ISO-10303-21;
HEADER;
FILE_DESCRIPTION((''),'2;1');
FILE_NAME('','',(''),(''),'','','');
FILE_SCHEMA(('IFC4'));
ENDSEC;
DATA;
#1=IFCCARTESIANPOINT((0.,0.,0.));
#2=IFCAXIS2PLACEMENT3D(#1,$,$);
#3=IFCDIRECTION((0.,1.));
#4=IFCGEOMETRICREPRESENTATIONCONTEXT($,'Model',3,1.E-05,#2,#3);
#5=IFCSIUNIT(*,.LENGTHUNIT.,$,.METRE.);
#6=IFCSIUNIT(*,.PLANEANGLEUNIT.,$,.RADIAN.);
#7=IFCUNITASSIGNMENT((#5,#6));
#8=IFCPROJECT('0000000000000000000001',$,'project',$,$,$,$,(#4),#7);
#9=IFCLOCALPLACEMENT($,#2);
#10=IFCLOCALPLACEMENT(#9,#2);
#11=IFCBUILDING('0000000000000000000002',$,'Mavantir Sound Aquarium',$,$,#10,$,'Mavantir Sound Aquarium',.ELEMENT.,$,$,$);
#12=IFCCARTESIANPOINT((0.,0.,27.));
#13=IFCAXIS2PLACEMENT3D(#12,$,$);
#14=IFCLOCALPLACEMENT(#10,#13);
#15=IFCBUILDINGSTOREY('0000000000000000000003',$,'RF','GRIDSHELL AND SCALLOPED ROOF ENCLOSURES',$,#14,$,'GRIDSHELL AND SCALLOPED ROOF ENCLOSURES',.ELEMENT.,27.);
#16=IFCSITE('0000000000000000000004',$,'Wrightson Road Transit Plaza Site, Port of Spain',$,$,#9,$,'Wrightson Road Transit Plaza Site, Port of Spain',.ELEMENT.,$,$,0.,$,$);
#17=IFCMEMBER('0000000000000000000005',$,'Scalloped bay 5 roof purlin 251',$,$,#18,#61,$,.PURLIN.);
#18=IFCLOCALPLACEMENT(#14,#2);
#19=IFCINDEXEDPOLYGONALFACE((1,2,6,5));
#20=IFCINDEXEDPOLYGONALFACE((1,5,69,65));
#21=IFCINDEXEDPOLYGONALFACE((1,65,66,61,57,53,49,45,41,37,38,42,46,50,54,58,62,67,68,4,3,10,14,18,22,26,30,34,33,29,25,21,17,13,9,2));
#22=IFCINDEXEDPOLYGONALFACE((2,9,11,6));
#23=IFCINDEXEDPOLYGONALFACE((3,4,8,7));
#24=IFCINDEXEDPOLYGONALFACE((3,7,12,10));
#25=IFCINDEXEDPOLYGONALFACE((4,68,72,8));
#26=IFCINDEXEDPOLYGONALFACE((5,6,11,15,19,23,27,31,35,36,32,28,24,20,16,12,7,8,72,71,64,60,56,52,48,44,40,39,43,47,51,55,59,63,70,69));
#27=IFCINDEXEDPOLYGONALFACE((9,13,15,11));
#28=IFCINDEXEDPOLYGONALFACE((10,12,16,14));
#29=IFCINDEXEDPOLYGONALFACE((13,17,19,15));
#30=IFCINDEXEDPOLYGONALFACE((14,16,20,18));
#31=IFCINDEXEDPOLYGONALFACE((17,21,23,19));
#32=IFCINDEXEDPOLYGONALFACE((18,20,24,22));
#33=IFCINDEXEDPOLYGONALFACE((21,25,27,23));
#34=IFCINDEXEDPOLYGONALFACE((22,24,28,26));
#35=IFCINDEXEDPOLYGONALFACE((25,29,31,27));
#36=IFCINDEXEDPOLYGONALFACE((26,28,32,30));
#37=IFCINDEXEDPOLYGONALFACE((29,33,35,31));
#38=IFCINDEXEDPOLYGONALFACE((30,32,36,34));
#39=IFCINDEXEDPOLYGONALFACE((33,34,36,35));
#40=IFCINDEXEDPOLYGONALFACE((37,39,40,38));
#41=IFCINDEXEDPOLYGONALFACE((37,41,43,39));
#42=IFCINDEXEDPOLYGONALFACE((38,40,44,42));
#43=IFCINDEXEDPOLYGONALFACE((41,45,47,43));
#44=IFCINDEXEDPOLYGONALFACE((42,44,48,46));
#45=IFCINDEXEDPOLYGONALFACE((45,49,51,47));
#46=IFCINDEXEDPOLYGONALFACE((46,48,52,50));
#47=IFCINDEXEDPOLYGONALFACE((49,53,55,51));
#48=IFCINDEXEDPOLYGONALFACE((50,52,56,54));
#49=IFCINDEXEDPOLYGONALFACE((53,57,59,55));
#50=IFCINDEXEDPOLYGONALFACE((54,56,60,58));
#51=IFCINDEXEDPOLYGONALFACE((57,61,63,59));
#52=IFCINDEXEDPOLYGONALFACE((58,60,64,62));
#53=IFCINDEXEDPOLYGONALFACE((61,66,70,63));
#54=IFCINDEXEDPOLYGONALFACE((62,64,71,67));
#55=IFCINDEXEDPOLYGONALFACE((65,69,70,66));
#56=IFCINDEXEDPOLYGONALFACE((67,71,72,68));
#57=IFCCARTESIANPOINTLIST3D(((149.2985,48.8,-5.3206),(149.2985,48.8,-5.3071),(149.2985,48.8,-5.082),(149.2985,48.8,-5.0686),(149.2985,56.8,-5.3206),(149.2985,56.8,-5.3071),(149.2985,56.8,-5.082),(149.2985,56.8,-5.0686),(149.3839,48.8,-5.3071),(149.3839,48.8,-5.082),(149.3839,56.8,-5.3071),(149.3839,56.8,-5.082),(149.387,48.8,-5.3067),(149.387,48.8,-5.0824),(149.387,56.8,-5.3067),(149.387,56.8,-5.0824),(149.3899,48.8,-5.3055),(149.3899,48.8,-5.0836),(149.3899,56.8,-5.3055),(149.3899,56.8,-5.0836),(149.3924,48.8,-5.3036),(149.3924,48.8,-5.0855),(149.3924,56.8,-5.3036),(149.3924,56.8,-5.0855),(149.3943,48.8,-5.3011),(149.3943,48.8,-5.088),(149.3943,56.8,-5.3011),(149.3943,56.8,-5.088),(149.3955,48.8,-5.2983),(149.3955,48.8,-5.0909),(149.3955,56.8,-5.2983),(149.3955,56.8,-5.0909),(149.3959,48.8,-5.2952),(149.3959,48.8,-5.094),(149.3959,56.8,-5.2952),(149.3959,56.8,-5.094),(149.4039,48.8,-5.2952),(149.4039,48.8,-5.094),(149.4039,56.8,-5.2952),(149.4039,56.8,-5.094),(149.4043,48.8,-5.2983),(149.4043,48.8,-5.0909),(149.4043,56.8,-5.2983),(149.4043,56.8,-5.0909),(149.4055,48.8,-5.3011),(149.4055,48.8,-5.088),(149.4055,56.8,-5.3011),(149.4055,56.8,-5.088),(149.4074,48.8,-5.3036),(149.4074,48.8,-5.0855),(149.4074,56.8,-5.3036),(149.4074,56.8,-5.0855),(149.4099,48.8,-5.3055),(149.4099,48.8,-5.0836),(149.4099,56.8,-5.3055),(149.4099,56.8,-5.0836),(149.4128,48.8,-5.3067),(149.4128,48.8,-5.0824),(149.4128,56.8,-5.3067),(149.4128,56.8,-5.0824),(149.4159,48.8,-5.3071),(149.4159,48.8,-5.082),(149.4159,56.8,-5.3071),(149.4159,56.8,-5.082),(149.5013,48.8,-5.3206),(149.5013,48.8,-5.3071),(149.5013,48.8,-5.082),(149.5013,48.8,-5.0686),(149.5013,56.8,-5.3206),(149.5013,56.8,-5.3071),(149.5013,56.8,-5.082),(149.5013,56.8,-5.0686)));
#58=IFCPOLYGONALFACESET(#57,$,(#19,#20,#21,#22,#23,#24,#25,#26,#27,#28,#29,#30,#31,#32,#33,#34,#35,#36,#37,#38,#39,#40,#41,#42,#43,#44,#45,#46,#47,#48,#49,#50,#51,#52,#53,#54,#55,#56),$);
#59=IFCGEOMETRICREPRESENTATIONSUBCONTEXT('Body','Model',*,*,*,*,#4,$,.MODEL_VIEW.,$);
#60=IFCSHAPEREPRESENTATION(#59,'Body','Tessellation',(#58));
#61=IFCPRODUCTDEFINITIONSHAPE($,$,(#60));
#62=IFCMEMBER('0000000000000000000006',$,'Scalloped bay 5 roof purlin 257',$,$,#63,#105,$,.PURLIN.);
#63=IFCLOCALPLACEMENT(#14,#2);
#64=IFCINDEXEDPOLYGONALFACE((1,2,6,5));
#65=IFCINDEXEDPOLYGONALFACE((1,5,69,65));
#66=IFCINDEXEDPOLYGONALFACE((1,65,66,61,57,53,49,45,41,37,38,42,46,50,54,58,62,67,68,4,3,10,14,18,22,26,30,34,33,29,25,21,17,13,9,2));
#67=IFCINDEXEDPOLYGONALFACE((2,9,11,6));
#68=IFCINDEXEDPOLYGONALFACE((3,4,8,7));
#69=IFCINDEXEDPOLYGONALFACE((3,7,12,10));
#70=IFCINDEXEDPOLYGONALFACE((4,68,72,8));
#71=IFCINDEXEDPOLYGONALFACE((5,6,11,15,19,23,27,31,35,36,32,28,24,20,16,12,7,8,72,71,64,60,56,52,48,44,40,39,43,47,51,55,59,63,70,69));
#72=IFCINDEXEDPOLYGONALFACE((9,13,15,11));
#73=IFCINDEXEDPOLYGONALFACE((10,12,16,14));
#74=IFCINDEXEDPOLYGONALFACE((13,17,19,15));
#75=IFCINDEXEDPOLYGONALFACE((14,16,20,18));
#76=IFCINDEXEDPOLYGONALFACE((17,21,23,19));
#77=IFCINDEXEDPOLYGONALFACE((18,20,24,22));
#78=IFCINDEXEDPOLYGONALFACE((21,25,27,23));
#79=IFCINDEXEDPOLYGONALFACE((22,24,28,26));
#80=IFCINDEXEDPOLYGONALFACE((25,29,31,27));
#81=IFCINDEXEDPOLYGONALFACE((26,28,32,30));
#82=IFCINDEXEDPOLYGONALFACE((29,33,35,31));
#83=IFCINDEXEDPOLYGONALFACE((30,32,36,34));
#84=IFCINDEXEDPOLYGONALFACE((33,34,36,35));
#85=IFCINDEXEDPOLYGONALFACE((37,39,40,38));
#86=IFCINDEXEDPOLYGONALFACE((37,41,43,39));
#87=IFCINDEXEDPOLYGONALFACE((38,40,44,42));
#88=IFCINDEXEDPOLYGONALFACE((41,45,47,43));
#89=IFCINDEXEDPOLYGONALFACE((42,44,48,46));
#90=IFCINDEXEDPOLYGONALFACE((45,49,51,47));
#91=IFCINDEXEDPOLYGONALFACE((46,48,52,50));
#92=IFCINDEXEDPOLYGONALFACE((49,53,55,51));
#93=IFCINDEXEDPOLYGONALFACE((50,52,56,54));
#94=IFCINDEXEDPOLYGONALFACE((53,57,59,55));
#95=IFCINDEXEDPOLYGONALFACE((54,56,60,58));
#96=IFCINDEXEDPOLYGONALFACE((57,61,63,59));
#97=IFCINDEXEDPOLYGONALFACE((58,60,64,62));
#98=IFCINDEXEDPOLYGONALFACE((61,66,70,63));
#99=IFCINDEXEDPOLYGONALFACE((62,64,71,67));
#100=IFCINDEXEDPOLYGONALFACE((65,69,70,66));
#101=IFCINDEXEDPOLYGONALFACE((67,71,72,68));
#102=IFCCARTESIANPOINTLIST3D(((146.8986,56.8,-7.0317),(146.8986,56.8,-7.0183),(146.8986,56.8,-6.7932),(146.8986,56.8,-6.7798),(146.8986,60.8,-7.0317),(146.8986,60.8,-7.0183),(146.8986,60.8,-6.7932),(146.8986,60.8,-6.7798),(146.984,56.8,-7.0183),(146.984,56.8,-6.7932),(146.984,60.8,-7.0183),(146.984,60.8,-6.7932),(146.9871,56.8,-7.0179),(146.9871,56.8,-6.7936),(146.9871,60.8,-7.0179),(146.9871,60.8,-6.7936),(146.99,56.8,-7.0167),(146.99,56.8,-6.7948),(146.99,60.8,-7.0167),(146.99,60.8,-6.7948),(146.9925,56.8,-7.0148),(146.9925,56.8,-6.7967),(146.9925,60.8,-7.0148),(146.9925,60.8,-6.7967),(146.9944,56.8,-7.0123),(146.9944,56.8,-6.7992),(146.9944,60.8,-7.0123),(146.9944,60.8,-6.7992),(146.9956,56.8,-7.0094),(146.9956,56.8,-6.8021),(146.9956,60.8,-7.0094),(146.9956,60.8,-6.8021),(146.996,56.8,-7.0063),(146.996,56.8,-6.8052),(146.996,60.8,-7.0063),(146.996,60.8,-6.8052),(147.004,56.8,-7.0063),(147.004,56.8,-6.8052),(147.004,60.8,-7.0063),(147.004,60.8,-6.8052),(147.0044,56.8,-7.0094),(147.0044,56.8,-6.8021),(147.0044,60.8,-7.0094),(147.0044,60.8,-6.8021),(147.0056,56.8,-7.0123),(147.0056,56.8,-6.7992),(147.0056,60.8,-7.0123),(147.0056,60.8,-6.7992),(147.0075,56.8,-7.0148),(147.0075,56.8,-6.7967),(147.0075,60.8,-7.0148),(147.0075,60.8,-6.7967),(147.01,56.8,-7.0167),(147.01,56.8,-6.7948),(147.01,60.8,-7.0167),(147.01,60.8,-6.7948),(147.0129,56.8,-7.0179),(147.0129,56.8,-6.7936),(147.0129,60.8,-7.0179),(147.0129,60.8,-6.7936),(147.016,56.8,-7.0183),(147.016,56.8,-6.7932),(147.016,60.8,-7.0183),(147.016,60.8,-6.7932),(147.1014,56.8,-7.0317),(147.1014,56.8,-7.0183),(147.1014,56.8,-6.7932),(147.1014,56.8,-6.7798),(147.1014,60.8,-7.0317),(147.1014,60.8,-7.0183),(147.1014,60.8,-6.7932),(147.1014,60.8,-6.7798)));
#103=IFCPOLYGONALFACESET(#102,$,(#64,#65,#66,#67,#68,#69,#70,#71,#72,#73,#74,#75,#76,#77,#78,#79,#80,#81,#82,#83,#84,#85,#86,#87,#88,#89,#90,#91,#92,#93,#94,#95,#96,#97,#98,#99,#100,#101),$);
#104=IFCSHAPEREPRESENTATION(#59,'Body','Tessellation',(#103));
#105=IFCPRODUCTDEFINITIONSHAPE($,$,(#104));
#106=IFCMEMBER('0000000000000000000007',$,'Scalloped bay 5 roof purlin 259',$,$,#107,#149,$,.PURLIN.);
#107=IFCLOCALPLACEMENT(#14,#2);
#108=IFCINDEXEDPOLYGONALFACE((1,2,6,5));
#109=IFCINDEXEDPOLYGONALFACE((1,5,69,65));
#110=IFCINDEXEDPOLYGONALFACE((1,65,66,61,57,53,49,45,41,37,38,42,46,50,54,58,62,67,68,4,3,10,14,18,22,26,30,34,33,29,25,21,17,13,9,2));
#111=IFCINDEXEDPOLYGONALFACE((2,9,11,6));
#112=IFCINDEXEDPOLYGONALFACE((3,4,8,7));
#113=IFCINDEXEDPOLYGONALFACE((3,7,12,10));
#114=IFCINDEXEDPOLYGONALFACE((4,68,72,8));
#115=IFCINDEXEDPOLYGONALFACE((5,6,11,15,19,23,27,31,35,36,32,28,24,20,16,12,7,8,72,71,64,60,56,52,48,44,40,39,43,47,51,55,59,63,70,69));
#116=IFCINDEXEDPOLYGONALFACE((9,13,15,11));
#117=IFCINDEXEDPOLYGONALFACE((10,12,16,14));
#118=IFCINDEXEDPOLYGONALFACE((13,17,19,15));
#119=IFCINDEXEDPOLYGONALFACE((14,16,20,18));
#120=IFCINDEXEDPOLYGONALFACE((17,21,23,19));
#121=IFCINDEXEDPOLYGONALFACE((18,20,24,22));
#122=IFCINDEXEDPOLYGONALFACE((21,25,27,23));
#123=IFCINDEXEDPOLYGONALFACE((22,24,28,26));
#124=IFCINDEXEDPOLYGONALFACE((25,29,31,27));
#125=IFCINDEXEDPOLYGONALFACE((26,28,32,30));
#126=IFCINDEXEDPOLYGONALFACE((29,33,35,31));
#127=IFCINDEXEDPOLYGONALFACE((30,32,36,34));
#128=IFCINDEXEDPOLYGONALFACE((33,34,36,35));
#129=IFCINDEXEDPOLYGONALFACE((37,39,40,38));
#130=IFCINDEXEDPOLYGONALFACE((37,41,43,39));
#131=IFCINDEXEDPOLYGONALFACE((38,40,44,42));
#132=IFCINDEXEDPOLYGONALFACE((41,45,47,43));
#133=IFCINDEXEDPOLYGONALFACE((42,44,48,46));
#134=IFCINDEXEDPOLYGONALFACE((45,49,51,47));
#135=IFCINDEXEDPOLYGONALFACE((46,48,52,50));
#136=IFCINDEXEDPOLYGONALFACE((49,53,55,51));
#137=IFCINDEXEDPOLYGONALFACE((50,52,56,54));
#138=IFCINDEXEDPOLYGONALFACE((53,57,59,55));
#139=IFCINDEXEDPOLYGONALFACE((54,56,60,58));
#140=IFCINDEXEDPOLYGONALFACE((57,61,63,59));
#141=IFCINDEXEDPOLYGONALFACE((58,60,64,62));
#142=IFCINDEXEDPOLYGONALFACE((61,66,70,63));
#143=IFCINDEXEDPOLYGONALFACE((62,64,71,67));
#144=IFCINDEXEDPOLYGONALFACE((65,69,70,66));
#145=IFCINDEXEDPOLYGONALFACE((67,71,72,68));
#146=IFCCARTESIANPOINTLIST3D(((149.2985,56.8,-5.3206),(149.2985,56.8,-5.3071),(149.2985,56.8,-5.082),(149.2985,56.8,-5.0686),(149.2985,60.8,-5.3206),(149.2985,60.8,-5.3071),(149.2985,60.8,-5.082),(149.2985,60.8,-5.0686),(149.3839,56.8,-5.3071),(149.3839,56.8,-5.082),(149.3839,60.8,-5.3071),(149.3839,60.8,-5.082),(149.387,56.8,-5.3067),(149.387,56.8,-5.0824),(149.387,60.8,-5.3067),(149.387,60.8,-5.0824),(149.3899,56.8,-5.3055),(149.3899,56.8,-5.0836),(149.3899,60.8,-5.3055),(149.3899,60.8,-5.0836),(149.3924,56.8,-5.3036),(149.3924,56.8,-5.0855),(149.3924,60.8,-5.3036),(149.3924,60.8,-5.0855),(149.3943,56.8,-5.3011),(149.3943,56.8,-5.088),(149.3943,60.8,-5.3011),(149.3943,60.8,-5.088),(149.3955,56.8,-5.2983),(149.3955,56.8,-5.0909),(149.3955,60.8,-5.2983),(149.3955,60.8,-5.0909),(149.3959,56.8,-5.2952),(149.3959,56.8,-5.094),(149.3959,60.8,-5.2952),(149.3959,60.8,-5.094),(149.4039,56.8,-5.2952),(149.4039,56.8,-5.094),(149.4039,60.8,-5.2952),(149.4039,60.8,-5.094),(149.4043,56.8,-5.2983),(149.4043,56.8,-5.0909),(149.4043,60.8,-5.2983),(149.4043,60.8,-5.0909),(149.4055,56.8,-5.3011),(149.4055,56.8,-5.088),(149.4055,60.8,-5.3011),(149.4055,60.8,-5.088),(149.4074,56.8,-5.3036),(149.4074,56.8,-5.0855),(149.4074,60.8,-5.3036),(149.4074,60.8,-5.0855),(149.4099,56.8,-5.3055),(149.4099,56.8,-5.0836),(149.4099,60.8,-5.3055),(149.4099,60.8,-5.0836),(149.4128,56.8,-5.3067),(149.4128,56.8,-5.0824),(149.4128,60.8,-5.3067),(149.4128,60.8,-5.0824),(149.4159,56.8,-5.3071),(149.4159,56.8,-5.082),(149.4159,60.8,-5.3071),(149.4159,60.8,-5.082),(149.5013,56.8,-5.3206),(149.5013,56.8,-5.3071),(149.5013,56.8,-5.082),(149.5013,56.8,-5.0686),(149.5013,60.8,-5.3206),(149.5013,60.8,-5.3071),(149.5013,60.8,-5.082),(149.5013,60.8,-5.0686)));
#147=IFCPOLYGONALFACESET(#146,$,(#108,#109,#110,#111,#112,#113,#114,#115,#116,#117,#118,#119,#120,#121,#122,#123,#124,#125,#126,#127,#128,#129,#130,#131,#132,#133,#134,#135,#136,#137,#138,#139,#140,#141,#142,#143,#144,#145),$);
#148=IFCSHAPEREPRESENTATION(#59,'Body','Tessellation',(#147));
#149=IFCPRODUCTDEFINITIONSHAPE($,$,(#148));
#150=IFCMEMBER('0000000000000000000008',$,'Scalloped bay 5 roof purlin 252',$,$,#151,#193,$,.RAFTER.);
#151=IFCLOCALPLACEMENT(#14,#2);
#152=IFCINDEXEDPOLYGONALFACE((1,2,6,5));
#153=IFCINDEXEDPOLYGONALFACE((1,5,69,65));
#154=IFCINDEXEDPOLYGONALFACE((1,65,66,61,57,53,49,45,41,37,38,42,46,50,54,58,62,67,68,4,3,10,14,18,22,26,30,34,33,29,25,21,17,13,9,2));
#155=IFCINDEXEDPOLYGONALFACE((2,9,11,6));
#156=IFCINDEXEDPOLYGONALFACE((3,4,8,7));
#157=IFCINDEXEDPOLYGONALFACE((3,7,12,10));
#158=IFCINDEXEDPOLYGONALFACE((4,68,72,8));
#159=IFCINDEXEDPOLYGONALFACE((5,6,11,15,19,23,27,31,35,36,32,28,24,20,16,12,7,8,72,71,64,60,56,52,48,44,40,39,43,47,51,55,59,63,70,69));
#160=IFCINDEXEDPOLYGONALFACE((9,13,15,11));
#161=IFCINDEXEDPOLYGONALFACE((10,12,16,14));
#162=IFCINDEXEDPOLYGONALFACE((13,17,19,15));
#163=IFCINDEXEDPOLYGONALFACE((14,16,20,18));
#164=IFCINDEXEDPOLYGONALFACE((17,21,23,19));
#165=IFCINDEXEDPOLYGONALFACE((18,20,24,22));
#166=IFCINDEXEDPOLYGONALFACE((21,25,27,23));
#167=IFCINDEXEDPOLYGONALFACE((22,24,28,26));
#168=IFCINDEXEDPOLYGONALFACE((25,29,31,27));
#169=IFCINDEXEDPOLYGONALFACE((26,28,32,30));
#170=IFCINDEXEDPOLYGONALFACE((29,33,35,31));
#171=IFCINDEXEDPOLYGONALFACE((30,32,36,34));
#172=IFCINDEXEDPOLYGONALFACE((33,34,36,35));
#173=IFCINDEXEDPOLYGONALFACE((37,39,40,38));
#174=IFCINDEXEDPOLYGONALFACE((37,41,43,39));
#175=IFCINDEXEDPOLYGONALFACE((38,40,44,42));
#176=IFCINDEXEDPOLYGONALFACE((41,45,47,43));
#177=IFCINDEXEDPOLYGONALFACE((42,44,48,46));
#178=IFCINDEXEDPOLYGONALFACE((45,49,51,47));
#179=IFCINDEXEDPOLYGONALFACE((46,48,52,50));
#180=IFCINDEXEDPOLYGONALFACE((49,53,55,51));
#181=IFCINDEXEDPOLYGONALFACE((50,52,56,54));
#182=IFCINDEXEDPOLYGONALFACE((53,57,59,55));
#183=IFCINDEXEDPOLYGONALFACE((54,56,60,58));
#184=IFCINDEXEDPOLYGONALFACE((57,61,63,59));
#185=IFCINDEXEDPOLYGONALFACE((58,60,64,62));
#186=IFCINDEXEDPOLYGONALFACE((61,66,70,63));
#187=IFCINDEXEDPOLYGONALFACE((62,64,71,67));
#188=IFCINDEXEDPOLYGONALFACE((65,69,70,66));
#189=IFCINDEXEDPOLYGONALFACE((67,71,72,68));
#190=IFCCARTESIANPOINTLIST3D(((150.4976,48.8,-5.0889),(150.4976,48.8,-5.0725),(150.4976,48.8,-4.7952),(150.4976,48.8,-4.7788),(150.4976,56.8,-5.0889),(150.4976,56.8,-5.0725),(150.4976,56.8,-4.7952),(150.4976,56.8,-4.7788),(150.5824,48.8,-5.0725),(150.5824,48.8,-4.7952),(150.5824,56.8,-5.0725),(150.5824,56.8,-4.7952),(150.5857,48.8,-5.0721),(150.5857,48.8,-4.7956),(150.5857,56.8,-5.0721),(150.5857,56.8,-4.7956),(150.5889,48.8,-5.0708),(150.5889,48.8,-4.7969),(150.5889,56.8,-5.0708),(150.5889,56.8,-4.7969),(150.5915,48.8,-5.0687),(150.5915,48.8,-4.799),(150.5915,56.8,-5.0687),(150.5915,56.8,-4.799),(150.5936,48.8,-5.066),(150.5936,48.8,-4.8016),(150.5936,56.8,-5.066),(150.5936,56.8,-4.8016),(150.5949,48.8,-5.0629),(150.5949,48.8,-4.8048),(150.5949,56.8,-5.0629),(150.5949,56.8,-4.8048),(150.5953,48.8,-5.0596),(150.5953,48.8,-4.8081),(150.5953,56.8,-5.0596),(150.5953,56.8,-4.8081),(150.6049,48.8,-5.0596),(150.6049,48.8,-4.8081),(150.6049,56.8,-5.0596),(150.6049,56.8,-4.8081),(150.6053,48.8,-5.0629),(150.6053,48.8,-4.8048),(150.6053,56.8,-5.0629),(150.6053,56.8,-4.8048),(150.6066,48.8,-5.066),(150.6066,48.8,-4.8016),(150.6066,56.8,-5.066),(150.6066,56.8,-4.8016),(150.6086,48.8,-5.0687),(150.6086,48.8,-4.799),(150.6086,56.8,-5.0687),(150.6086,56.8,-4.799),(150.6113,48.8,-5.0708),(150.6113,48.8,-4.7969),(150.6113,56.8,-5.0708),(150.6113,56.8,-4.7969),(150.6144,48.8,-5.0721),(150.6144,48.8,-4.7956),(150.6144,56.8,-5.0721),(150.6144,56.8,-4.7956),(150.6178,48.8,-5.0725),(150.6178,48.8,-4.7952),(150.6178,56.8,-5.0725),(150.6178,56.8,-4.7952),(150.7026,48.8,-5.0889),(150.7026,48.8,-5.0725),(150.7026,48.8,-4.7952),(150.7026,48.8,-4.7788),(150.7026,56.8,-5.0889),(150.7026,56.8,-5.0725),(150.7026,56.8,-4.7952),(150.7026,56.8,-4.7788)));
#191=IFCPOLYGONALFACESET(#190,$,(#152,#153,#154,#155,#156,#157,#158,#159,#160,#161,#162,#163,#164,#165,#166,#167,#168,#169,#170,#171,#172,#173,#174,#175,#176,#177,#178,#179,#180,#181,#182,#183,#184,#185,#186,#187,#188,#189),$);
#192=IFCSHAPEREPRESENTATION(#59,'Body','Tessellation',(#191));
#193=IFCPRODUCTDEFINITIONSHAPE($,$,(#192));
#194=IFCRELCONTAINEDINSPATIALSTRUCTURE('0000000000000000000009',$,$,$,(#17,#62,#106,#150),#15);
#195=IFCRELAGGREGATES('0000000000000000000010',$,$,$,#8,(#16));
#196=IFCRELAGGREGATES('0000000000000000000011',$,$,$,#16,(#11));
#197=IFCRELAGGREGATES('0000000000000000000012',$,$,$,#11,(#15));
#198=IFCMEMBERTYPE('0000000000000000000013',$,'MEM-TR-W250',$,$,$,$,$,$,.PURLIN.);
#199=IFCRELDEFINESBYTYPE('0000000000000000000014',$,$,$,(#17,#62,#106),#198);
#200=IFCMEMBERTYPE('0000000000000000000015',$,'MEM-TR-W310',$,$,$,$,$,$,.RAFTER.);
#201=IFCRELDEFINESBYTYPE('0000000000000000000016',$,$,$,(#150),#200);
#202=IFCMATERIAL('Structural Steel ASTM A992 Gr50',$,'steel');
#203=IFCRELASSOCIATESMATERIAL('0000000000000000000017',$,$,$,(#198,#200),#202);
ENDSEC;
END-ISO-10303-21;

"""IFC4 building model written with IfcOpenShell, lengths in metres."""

from ifc_helpers import new_model, si_unit, direction, frame, origin, origin_2d, place, context, subcontext, project, spatial, i_section, extrude, material, material_profile, profile_set, type_object, element, save


model = new_model("IFC4")

# Units and contexts
model_context = context("Model", 3, precision=1e-05, world=origin(), true_north=direction((0.0, 1.0)))
body_context = subcontext(model_context, "Body", "Model", "MODEL_VIEW")
ifc_project = project(units=[si_unit("LENGTHUNIT", "METRE"), si_unit("PLANEANGLEUNIT", "RADIAN")], contexts=[model_context])

# Site, building, storey
site_placement = place(None, origin())
site = spatial("IfcSite", under=ifc_project, at=site_placement, Name="Wrightson Road Transit Plaza Site, Port of Spain", LongName="Wrightson Road Transit Plaza Site, Port of Spain", CompositionType="ELEMENT", RefElevation=0.0)
building_placement = place(site_placement, origin())
building = spatial("IfcBuilding", under=site, at=building_placement, Name="Mavantir Sound Aquarium", LongName="Mavantir Sound Aquarium", CompositionType="ELEMENT")
storey_placement = place(building_placement, frame((0.0, 0.0, 27.0)))
storey = spatial("IfcBuildingStorey", under=building, at=storey_placement, Name="RF", Description="GRIDSHELL AND SCALLOPED ROOF ENCLOSURES", LongName="GRIDSHELL AND SCALLOPED ROOF ENCLOSURES", CompositionType="ELEMENT", Elevation=27.0)

# Shared definitions
ifc_material_1 = material(Name="Structural Steel ASTM A992 Gr50", Category="steel")

# Members
ifc_material_profile_1 = material_profile(ifc_material_1, i_section(OverallWidth=0.2029, OverallDepth=0.252, WebThickness=0.0081, FlangeThickness=0.0134, FilletRadius=0.012, at=origin_2d()), Name="W250X58")
ifc_profile_set_1 = profile_set([ifc_material_profile_1], Name="Structural Steel ASTM A992 Gr50")
member_type_1 = type_object("IfcMemberType", Name="MEM-TR-W250", PredefinedType="PURLIN", material=ifc_profile_set_1)
for number, where, z_axis, x_axis, name in (
    (1, (149.3999, 48.8, -5.1946), (0.0, 1.0, 0.0), (-1.0, 0.0, 0.0), "Scalloped bay 5 roof purlin 251"),
):
    element("IfcMember", number, at=place(storey_placement, frame(where, z_axis=z_axis, x_axis=x_axis)), inside=storey, type_object=member_type_1, Name=name, PredefinedType="PURLIN", context=body_context, shape_type="SweptSolid", body=[
        extrude(i_section(OverallWidth=0.2029, OverallDepth=0.252, WebThickness=0.0081, FlangeThickness=0.0134, FilletRadius=0.012, at=origin_2d()), origin(), (0.0, 0.0, 1.0), 8.0),
    ])
for number, where, z_axis, x_axis, name in (
    (2, (147.0, 56.8, -6.9058), (0.0, 1.0, 0.0), (-1.0, 0.0, 0.0), "Scalloped bay 5 roof purlin 257"),
    (3, (149.3999, 56.8, -5.1946), (0.0, 1.0, 0.0), (-1.0, 0.0, 0.0), "Scalloped bay 5 roof purlin 259"),
):
    element("IfcMember", number, at=place(storey_placement, frame(where, z_axis=z_axis, x_axis=x_axis)), inside=storey, type_object=member_type_1, Name=name, PredefinedType="PURLIN", context=body_context, shape_type="SweptSolid", body=[
        extrude(i_section(OverallWidth=0.2029, OverallDepth=0.252, WebThickness=0.0081, FlangeThickness=0.0134, FilletRadius=0.012, at=origin_2d()), origin(), (0.0, 0.0, 1.0), 4.0),
    ])
ifc_material_profile_2 = material_profile(ifc_material_1, i_section(OverallWidth=0.2051, OverallDepth=0.3101, WebThickness=0.0095, FlangeThickness=0.0164, FilletRadius=0.0129, at=origin_2d()), Name="W310X74")
ifc_profile_set_2 = profile_set([ifc_material_profile_2], Name="Structural Steel ASTM A992 Gr50")
member_type_2 = type_object("IfcMemberType", Name="MEM-TR-W310", PredefinedType="RAFTER", material=ifc_profile_set_2)
for number, where, z_axis, x_axis, name in (
    (4, (150.6001, 48.8, -4.9338), (0.0, 1.0, 0.0), (-1.0, 0.0, 0.0), "Scalloped bay 5 roof purlin 252"),
):
    element("IfcMember", number, at=place(storey_placement, frame(where, z_axis=z_axis, x_axis=x_axis)), inside=storey, type_object=member_type_2, Name=name, PredefinedType="RAFTER", context=body_context, shape_type="SweptSolid", body=[
        extrude(i_section(OverallWidth=0.2051, OverallDepth=0.3101, WebThickness=0.0095, FlangeThickness=0.0164, FilletRadius=0.0129, at=origin_2d()), origin(), (0.0, 0.0, 1.0), 8.0),
    ])

save(model, "model.ifc")
